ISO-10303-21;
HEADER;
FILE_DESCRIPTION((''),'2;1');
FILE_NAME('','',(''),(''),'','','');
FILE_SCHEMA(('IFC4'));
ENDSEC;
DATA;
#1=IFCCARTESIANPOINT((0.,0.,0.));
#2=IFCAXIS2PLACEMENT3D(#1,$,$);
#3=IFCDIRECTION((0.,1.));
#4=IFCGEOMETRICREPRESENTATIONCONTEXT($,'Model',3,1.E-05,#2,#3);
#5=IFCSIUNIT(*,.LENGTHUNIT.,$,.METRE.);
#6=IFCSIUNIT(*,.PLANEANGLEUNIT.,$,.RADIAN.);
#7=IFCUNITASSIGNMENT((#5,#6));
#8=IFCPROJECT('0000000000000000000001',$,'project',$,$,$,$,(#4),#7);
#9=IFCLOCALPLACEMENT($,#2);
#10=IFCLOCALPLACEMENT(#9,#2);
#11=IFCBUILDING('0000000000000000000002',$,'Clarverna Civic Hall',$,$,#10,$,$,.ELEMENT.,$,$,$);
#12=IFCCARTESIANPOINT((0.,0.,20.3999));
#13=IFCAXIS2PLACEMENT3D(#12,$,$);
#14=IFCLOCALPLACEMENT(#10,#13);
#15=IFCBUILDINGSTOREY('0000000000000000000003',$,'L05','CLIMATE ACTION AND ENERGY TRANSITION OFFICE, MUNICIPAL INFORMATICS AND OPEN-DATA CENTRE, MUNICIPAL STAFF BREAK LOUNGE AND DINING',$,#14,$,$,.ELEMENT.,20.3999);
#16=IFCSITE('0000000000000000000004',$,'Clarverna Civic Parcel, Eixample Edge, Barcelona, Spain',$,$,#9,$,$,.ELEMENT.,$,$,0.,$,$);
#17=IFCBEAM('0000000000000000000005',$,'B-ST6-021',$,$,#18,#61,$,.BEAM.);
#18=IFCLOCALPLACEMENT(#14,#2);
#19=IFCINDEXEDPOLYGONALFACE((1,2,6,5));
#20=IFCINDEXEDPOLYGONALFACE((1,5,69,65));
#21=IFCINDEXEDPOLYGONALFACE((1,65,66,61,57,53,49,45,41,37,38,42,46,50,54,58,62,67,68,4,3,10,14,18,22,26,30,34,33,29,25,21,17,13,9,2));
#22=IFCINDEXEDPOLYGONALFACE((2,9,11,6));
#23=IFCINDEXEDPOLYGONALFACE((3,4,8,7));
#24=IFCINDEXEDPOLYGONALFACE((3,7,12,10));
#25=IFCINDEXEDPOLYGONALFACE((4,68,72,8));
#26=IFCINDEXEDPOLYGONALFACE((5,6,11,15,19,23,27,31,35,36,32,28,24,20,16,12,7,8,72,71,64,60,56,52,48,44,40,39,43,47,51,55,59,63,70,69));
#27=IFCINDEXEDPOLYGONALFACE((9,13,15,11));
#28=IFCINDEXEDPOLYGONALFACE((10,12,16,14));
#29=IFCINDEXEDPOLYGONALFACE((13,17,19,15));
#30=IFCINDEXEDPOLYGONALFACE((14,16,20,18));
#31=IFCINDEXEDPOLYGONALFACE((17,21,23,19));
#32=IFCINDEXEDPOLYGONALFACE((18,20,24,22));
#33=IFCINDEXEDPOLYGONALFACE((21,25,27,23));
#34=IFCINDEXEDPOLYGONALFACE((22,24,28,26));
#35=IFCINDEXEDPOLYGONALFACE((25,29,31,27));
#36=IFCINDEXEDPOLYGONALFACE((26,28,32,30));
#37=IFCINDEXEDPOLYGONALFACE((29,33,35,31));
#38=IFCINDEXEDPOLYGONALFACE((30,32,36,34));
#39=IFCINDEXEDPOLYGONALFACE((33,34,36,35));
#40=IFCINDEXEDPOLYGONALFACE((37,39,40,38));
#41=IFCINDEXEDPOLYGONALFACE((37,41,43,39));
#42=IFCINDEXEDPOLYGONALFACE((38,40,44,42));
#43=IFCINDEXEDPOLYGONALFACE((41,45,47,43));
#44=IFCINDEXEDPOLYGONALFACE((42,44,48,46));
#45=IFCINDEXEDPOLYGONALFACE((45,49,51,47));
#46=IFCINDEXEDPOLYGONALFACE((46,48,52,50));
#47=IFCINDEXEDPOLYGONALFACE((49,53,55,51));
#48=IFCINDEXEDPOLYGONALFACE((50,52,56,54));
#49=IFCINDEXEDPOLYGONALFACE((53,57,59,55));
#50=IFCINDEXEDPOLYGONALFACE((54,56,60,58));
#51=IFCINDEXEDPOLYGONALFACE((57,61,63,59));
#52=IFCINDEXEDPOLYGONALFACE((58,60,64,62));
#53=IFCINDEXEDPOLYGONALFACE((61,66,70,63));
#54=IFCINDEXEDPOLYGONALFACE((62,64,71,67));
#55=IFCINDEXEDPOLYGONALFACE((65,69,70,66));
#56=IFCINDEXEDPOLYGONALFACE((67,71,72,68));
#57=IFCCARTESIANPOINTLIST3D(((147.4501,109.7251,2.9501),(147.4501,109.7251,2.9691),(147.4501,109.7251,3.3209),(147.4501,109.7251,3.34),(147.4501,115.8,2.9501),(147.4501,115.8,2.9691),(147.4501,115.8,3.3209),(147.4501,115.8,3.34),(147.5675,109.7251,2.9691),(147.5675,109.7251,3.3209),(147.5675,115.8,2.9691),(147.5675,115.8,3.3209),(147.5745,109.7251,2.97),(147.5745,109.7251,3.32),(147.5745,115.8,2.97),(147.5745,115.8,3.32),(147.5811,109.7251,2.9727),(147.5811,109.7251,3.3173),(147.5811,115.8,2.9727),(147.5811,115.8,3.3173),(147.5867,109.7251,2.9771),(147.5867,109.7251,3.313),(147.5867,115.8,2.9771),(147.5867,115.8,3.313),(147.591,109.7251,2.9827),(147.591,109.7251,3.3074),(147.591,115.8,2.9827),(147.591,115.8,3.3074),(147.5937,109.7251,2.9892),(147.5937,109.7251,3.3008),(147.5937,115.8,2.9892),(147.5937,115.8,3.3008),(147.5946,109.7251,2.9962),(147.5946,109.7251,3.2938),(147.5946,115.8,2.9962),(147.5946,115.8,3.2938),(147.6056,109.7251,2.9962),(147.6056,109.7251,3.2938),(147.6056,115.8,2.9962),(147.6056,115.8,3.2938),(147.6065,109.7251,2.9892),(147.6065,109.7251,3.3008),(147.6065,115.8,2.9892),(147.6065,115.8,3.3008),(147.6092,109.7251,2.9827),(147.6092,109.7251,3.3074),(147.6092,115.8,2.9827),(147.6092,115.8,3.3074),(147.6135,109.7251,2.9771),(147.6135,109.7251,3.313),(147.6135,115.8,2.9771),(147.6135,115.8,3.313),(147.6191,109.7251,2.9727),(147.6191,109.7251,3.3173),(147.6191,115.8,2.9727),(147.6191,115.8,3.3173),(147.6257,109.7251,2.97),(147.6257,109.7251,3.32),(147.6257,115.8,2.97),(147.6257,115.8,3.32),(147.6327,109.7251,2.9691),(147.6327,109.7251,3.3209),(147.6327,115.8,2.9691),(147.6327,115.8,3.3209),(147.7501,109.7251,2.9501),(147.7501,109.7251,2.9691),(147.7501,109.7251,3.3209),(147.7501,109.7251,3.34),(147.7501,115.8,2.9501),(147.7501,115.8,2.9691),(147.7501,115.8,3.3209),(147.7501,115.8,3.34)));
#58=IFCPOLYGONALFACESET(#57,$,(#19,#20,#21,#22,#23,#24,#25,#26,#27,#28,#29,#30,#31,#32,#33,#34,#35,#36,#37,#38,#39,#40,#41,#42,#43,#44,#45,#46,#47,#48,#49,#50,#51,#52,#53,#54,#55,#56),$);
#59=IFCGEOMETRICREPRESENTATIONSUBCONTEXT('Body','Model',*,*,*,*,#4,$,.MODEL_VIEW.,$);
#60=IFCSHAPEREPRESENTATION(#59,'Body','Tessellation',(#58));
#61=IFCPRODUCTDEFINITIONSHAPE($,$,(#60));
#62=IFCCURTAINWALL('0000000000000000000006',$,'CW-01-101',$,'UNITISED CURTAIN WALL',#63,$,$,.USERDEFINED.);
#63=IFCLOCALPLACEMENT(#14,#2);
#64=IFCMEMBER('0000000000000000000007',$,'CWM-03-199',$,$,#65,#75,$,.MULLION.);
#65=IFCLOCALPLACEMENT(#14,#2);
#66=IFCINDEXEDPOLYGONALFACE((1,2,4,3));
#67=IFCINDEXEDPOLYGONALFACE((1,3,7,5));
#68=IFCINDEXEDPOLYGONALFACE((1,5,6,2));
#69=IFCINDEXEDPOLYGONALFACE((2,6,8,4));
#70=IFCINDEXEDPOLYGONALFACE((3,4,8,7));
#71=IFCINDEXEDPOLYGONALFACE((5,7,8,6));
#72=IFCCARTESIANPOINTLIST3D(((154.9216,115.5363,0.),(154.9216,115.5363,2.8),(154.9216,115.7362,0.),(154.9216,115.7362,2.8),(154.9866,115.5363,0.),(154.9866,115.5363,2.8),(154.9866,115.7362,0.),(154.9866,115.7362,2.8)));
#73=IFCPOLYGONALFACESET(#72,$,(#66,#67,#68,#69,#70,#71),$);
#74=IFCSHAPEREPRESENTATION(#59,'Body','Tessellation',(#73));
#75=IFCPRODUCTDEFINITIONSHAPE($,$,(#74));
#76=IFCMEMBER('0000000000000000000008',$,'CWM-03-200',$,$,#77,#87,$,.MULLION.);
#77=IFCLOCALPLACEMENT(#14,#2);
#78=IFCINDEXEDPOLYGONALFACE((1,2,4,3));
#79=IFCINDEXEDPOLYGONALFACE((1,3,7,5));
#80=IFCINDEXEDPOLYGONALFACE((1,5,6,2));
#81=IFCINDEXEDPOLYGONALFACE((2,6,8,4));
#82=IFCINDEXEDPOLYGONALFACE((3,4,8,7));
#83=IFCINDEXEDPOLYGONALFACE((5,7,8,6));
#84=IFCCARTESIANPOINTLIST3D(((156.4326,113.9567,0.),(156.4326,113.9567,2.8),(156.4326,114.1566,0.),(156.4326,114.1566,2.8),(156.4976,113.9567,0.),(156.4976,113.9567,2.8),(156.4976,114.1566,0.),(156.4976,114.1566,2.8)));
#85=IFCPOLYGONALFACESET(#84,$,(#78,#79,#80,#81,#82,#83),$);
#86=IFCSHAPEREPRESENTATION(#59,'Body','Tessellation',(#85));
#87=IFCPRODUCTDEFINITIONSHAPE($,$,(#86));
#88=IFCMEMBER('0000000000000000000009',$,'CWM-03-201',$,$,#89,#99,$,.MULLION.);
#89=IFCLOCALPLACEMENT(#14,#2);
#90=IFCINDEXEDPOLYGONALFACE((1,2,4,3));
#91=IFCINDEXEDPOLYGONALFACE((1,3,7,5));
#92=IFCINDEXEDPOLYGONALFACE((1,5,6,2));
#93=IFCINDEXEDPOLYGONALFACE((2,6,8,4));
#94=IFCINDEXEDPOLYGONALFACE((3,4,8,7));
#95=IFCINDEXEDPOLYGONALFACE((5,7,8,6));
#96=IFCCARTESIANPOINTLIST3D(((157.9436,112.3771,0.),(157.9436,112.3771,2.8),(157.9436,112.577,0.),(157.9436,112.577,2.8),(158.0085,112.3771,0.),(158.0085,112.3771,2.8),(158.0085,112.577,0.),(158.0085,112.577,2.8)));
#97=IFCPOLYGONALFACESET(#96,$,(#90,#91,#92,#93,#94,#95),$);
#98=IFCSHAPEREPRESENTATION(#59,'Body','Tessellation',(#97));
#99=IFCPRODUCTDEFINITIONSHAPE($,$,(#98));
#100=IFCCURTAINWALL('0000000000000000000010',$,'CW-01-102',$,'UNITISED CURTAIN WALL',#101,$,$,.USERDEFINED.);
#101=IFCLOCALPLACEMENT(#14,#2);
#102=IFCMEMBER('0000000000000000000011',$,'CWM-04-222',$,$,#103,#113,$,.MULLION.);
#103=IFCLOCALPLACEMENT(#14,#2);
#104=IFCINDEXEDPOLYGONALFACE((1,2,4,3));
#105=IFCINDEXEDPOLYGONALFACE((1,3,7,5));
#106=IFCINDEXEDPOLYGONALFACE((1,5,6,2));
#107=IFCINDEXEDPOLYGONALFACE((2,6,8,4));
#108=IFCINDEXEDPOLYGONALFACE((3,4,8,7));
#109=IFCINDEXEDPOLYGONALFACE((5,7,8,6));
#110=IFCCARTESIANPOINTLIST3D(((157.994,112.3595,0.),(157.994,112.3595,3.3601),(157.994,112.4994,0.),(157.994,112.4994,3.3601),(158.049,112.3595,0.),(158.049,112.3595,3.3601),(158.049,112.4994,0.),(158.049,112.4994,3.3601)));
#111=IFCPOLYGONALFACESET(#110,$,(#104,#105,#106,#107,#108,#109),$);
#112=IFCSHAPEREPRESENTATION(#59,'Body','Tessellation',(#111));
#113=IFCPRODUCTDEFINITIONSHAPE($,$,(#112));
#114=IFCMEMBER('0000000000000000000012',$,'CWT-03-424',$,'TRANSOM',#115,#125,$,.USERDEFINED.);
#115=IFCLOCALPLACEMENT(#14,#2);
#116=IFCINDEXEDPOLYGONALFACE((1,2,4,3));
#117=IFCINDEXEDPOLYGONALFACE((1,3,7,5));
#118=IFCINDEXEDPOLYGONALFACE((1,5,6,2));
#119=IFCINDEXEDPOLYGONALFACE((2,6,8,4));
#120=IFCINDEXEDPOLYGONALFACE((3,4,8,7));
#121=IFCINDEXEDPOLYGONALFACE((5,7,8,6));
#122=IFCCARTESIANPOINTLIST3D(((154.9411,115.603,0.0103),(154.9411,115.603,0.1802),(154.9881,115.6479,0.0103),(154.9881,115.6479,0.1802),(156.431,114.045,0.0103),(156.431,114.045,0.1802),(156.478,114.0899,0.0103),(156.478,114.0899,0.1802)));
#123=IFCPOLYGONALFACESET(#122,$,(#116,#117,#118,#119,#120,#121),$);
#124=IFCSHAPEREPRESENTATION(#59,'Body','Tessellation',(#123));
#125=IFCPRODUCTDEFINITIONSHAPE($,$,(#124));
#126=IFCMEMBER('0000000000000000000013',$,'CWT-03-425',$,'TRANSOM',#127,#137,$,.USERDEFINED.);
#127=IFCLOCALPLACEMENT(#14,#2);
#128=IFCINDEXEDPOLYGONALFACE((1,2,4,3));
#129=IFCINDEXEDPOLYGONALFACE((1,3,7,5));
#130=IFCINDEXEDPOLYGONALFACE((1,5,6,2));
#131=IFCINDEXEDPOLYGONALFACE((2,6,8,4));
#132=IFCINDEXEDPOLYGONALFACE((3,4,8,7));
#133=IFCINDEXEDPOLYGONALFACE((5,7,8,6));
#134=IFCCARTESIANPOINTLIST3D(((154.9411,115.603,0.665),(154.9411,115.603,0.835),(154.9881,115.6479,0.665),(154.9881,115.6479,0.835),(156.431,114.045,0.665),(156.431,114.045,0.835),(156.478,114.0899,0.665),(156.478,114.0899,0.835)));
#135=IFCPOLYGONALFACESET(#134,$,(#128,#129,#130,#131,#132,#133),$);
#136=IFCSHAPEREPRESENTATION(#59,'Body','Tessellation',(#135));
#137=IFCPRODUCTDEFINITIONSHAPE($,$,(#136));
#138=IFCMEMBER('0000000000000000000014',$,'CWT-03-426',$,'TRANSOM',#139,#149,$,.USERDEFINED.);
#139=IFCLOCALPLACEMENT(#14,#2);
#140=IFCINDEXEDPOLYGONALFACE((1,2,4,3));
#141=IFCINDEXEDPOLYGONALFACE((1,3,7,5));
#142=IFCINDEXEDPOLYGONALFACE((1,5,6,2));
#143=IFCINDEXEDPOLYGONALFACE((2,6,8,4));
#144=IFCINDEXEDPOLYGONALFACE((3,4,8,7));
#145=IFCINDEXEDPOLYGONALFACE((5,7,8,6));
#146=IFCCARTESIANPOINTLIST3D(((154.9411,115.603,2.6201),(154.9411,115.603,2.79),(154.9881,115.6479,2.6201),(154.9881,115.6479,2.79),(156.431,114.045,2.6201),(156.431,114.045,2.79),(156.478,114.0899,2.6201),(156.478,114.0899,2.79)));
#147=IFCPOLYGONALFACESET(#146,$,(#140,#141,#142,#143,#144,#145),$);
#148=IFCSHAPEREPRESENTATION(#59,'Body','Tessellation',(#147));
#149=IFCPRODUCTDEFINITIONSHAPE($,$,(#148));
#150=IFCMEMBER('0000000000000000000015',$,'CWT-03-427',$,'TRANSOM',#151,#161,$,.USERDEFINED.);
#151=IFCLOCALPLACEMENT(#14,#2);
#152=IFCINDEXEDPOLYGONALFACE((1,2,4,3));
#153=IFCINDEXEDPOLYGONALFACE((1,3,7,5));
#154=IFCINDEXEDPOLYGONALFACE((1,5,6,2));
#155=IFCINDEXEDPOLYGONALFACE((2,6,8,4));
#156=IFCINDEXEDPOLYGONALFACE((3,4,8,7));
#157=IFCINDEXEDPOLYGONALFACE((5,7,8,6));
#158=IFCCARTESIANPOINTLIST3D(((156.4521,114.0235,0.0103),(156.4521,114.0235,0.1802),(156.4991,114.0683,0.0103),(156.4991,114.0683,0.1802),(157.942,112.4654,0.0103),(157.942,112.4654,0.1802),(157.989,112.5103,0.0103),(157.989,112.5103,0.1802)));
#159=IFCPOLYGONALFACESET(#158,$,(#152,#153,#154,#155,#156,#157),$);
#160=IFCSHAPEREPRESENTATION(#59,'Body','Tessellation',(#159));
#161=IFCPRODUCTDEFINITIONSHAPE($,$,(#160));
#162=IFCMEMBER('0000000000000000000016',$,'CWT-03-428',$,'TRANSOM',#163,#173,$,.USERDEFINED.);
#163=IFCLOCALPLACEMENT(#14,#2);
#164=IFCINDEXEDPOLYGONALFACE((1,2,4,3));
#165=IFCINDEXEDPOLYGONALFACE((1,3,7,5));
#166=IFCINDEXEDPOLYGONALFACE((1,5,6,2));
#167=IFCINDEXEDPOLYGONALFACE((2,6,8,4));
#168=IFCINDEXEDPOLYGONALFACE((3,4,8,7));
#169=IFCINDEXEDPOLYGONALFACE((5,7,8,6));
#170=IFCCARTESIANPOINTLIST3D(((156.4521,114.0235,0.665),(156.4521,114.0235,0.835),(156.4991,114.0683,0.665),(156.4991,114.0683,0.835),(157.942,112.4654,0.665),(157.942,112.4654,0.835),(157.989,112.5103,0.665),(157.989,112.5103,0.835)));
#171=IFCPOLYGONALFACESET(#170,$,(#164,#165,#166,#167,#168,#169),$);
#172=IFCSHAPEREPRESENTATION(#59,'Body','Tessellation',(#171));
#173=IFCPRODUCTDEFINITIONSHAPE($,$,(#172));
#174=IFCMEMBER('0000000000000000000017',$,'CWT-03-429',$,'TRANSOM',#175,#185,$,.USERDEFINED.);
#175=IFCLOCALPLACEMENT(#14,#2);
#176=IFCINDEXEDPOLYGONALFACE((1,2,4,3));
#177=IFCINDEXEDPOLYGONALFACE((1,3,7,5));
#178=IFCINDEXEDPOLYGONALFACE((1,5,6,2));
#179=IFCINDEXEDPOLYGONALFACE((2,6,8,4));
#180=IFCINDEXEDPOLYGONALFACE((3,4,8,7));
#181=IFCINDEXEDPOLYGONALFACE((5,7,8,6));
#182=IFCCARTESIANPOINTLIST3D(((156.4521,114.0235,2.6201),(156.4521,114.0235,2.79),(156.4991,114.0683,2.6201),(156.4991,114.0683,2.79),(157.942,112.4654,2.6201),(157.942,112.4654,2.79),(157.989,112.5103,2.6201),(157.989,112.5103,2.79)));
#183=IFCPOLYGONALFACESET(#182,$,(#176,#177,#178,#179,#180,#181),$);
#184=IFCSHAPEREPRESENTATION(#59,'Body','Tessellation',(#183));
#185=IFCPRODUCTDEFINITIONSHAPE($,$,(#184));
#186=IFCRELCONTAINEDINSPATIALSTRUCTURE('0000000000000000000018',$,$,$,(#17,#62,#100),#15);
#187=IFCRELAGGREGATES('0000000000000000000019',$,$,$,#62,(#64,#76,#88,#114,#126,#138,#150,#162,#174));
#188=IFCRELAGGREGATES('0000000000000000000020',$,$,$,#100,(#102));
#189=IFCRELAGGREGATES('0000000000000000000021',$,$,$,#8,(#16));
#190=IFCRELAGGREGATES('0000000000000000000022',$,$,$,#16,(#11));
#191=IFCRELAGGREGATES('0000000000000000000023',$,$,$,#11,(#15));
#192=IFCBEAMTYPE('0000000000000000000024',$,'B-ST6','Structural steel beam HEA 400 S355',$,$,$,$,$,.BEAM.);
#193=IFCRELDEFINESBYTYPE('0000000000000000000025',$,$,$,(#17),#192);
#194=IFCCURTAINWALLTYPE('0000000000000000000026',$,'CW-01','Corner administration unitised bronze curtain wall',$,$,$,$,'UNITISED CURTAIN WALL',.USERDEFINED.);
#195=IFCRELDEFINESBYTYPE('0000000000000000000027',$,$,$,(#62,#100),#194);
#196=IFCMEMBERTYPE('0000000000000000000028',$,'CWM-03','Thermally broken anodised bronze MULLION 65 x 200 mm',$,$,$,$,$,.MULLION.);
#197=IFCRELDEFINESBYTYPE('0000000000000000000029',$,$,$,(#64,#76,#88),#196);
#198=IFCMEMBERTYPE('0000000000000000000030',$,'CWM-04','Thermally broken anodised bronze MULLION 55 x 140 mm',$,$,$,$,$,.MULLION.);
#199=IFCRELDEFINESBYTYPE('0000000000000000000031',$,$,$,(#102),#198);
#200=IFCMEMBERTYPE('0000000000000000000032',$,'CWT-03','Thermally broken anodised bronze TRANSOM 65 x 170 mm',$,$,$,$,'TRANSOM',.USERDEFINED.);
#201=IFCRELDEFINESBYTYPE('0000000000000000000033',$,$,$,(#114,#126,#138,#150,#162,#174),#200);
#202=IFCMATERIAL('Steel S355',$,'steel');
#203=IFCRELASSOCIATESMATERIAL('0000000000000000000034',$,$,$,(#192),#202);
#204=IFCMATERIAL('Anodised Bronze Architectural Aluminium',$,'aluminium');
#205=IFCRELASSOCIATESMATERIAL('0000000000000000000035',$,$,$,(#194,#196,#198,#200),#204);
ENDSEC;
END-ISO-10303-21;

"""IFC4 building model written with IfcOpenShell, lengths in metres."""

from ifc_helpers import new_model, si_unit, direction, frame, origin, origin_2d, place, context, subcontext, project, spatial, rectangle, i_section, extrude, material, material_profile, profile_set, type_object, element, aggregate, save


model = new_model("IFC4")

# Units and contexts
model_context = context("Model", 3, precision=1e-05, world=origin(), true_north=direction((0.0, 1.0)))
body_context = subcontext(model_context, "Body", "Model", "MODEL_VIEW")
ifc_project = project(units=[si_unit("LENGTHUNIT", "METRE"), si_unit("PLANEANGLEUNIT", "RADIAN")], contexts=[model_context])

# Site, building, storey
site_placement = place(None, origin())
site = spatial("IfcSite", under=ifc_project, at=site_placement, Name="Clarverna Civic Parcel, Eixample Edge, Barcelona, Spain", CompositionType="ELEMENT", RefElevation=0.0)
building_placement = place(site_placement, origin())
building = spatial("IfcBuilding", under=site, at=building_placement, Name="Clarverna Civic Hall", CompositionType="ELEMENT")
storey_placement = place(building_placement, frame((0.0, 0.0, 20.3999)))
storey = spatial("IfcBuildingStorey", under=building, at=storey_placement, Name="L05", Description="CLIMATE ACTION AND ENERGY TRANSITION OFFICE, MUNICIPAL INFORMATICS AND OPEN-DATA CENTRE, MUNICIPAL STAFF BREAK LOUNGE AND DINING", CompositionType="ELEMENT", Elevation=20.3999)

# Beam
ifc_material_1 = material(Name="Steel S355", Category="steel")
ifc_material_profile_1 = material_profile(ifc_material_1, i_section(OverallWidth=0.3, OverallDepth=0.3899, WebThickness=0.011, FlangeThickness=0.019, FilletRadius=0.0271, at=origin_2d()), Name="HEA 400")
ifc_profile_set_1 = profile_set([ifc_material_profile_1], Name="Steel S355")
beam_type_1 = type_object("IfcBeamType", Name="B-ST6", Description="Structural steel beam HEA 400 S355", PredefinedType="BEAM", material=ifc_profile_set_1)
beam_1_placement = place(storey_placement, frame((147.6001, 109.7251, 3.145), z_axis=(0.0, 1.0, 0.0), x_axis=(-1.0, 0.0, 0.0)))
element("IfcBeam", 1, at=beam_1_placement, inside=storey, type_object=beam_type_1, Name="B-ST6-021", PredefinedType="BEAM", context=body_context, shape_type="SweptSolid", body=[
    extrude(i_section(OverallWidth=0.3, OverallDepth=0.3899, WebThickness=0.011, FlangeThickness=0.019, FilletRadius=0.0271, at=origin_2d()), origin(), (0.0, 0.0, 1.0), 6.075),
])

# Curtain wall, members
ifc_material_2 = material(Name="Anodised Bronze Architectural Aluminium", Category="aluminium")
curtain_wall_type = type_object("IfcCurtainWallType", Name="CW-01", Description="Corner administration unitised bronze curtain wall", ElementType="UNITISED CURTAIN WALL", PredefinedType="USERDEFINED", material=ifc_material_2)
curtain_wall_1_placement = place(storey_placement, origin())
curtain_wall_1 = element("IfcCurtainWall", 2, at=curtain_wall_1_placement, inside=storey, type_object=curtain_wall_type, Name="CW-01-101", ObjectType="UNITISED CURTAIN WALL", PredefinedType="USERDEFINED")
ifc_material_profile_2 = material_profile(ifc_material_2, rectangle(XDim=0.0649, YDim=0.2, at=origin_2d()), Name="BRONZE 65x200")
ifc_profile_set_2 = profile_set([ifc_material_profile_2], Name="Anodised Bronze Architectural Aluminium")
member_type_1 = type_object("IfcMemberType", Name="CWM-03", Description="Thermally broken anodised bronze MULLION 65 x 200 mm", PredefinedType="MULLION", material=ifc_profile_set_2)
member_1_placement = place(storey_placement, frame((154.9541, 115.6362, 0.0), z_axis=(0.0, 0.0, 1.0), x_axis=(1.0, 0.0, 0.0)))
member_1 = element("IfcMember", 3, at=member_1_placement, type_object=member_type_1, Name="CWM-03-199", PredefinedType="MULLION", context=body_context, shape_type="SweptSolid", body=[
    extrude(rectangle(XDim=0.0649, YDim=0.2, at=origin_2d()), origin(), (0.0, 0.0, 1.0), 2.8),
])
member_2_placement = place(storey_placement, frame((156.4651, 114.0566, 0.0), z_axis=(0.0, 0.0, 1.0), x_axis=(1.0, 0.0, 0.0)))
member_2 = element("IfcMember", 4, at=member_2_placement, type_object=member_type_1, Name="CWM-03-200", PredefinedType="MULLION", context=body_context, shape_type="SweptSolid", body=[
    extrude(rectangle(XDim=0.0649, YDim=0.2, at=origin_2d()), origin(), (0.0, 0.0, 1.0), 2.8),
])
member_3_placement = place(storey_placement, frame((157.9761, 112.4771, 0.0), z_axis=(0.0, 0.0, 1.0), x_axis=(1.0, 0.0, 0.0)))
member_3 = element("IfcMember", 5, at=member_3_placement, type_object=member_type_1, Name="CWM-03-201", PredefinedType="MULLION", context=body_context, shape_type="SweptSolid", body=[
    extrude(rectangle(XDim=0.0649, YDim=0.2, at=origin_2d()), origin(), (0.0, 0.0, 1.0), 2.8),
])

# Curtain wall, member
curtain_wall_2_placement = place(storey_placement, origin())
curtain_wall_2 = element("IfcCurtainWall", 6, at=curtain_wall_2_placement, inside=storey, type_object=curtain_wall_type, Name="CW-01-102", ObjectType="UNITISED CURTAIN WALL", PredefinedType="USERDEFINED")
ifc_material_profile_3 = material_profile(ifc_material_2, rectangle(XDim=0.0549, YDim=0.1399, at=origin_2d()), Name="BRONZE 55x140")
ifc_profile_set_3 = profile_set([ifc_material_profile_3], Name="Anodised Bronze Architectural Aluminium")
member_type_2 = type_object("IfcMemberType", Name="CWM-04", Description="Thermally broken anodised bronze MULLION 55 x 140 mm", PredefinedType="MULLION", material=ifc_profile_set_3)
member_4_placement = place(storey_placement, frame((158.0215, 112.4294, 0.0), z_axis=(0.0, 0.0, 1.0), x_axis=(1.0, 0.0, 0.0)))
member_4 = element("IfcMember", 7, at=member_4_placement, type_object=member_type_2, Name="CWM-04-222", PredefinedType="MULLION", context=body_context, shape_type="SweptSolid", body=[
    extrude(rectangle(XDim=0.0549, YDim=0.1399, at=origin_2d()), origin(), (0.0, 0.0, 1.0), 3.3601),
])

# Members
ifc_material_profile_4 = material_profile(ifc_material_2, rectangle(XDim=0.0649, YDim=0.1699, at=origin_2d()), Name="BRONZE 65x170")
ifc_profile_set_4 = profile_set([ifc_material_profile_4], Name="Anodised Bronze Architectural Aluminium")
member_type_3 = type_object("IfcMemberType", Name="CWT-03", Description="Thermally broken anodised bronze TRANSOM 65 x 170 mm", ElementType="TRANSOM", PredefinedType="USERDEFINED", material=ifc_profile_set_4)
member_5_placement = place(storey_placement, frame((154.9646, 115.6255, 0.0952), z_axis=(0.691133, -0.722728, 0.0), x_axis=(0.722728, 0.691133, 0.0)))
member_5 = element("IfcMember", 8, at=member_5_placement, type_object=member_type_3, Name="CWT-03-424", ObjectType="TRANSOM", PredefinedType="USERDEFINED", context=body_context, shape_type="SweptSolid", body=[
    extrude(rectangle(XDim=0.0649, YDim=0.1699, at=origin_2d()), origin(), (0.0, 0.0, 1.0), 2.1558),
])
member_6_placement = place(storey_placement, frame((154.9646, 115.6255, 0.75), z_axis=(0.691133, -0.722728, 0.0), x_axis=(0.722728, 0.691133, 0.0)))
member_6 = element("IfcMember", 9, at=member_6_placement, type_object=member_type_3, Name="CWT-03-425", ObjectType="TRANSOM", PredefinedType="USERDEFINED", context=body_context, shape_type="SweptSolid", body=[
    extrude(rectangle(XDim=0.0649, YDim=0.1699, at=origin_2d()), origin(), (0.0, 0.0, 1.0), 2.1558),
])
member_7_placement = place(storey_placement, frame((154.9646, 115.6255, 2.7051), z_axis=(0.691133, -0.722728, 0.0), x_axis=(0.722728, 0.691133, 0.0)))
member_7 = element("IfcMember", 10, at=member_7_placement, type_object=member_type_3, Name="CWT-03-426", ObjectType="TRANSOM", PredefinedType="USERDEFINED", context=body_context, shape_type="SweptSolid", body=[
    extrude(rectangle(XDim=0.0649, YDim=0.1699, at=origin_2d()), origin(), (0.0, 0.0, 1.0), 2.1558),
])
member_8_placement = place(storey_placement, frame((156.4756, 114.0459, 0.0952), z_axis=(0.691133, -0.722728, 0.0), x_axis=(0.722728, 0.691133, 0.0)))
member_8 = element("IfcMember", 11, at=member_8_placement, type_object=member_type_3, Name="CWT-03-427", ObjectType="TRANSOM", PredefinedType="USERDEFINED", context=body_context, shape_type="SweptSolid", body=[
    extrude(rectangle(XDim=0.0649, YDim=0.1699, at=origin_2d()), origin(), (0.0, 0.0, 1.0), 2.1558),
])
member_9_placement = place(storey_placement, frame((156.4756, 114.0459, 0.75), z_axis=(0.691133, -0.722728, 0.0), x_axis=(0.722728, 0.691133, 0.0)))
member_9 = element("IfcMember", 12, at=member_9_placement, type_object=member_type_3, Name="CWT-03-428", ObjectType="TRANSOM", PredefinedType="USERDEFINED", context=body_context, shape_type="SweptSolid", body=[
    extrude(rectangle(XDim=0.0649, YDim=0.1699, at=origin_2d()), origin(), (0.0, 0.0, 1.0), 2.1558),
])
member_10_placement = place(storey_placement, frame((156.4756, 114.0459, 2.7051), z_axis=(0.691133, -0.722728, 0.0), x_axis=(0.722728, 0.691133, 0.0)))
member_10 = element("IfcMember", 13, at=member_10_placement, type_object=member_type_3, Name="CWT-03-429", ObjectType="TRANSOM", PredefinedType="USERDEFINED", context=body_context, shape_type="SweptSolid", body=[
    extrude(rectangle(XDim=0.0649, YDim=0.1699, at=origin_2d()), origin(), (0.0, 0.0, 1.0), 2.1558),
])

aggregate(curtain_wall_1, [member_1, member_2, member_3, member_5, member_6, member_7, member_8, member_9, member_10])
aggregate(curtain_wall_2, [member_4])

save(model, "model.ifc")
